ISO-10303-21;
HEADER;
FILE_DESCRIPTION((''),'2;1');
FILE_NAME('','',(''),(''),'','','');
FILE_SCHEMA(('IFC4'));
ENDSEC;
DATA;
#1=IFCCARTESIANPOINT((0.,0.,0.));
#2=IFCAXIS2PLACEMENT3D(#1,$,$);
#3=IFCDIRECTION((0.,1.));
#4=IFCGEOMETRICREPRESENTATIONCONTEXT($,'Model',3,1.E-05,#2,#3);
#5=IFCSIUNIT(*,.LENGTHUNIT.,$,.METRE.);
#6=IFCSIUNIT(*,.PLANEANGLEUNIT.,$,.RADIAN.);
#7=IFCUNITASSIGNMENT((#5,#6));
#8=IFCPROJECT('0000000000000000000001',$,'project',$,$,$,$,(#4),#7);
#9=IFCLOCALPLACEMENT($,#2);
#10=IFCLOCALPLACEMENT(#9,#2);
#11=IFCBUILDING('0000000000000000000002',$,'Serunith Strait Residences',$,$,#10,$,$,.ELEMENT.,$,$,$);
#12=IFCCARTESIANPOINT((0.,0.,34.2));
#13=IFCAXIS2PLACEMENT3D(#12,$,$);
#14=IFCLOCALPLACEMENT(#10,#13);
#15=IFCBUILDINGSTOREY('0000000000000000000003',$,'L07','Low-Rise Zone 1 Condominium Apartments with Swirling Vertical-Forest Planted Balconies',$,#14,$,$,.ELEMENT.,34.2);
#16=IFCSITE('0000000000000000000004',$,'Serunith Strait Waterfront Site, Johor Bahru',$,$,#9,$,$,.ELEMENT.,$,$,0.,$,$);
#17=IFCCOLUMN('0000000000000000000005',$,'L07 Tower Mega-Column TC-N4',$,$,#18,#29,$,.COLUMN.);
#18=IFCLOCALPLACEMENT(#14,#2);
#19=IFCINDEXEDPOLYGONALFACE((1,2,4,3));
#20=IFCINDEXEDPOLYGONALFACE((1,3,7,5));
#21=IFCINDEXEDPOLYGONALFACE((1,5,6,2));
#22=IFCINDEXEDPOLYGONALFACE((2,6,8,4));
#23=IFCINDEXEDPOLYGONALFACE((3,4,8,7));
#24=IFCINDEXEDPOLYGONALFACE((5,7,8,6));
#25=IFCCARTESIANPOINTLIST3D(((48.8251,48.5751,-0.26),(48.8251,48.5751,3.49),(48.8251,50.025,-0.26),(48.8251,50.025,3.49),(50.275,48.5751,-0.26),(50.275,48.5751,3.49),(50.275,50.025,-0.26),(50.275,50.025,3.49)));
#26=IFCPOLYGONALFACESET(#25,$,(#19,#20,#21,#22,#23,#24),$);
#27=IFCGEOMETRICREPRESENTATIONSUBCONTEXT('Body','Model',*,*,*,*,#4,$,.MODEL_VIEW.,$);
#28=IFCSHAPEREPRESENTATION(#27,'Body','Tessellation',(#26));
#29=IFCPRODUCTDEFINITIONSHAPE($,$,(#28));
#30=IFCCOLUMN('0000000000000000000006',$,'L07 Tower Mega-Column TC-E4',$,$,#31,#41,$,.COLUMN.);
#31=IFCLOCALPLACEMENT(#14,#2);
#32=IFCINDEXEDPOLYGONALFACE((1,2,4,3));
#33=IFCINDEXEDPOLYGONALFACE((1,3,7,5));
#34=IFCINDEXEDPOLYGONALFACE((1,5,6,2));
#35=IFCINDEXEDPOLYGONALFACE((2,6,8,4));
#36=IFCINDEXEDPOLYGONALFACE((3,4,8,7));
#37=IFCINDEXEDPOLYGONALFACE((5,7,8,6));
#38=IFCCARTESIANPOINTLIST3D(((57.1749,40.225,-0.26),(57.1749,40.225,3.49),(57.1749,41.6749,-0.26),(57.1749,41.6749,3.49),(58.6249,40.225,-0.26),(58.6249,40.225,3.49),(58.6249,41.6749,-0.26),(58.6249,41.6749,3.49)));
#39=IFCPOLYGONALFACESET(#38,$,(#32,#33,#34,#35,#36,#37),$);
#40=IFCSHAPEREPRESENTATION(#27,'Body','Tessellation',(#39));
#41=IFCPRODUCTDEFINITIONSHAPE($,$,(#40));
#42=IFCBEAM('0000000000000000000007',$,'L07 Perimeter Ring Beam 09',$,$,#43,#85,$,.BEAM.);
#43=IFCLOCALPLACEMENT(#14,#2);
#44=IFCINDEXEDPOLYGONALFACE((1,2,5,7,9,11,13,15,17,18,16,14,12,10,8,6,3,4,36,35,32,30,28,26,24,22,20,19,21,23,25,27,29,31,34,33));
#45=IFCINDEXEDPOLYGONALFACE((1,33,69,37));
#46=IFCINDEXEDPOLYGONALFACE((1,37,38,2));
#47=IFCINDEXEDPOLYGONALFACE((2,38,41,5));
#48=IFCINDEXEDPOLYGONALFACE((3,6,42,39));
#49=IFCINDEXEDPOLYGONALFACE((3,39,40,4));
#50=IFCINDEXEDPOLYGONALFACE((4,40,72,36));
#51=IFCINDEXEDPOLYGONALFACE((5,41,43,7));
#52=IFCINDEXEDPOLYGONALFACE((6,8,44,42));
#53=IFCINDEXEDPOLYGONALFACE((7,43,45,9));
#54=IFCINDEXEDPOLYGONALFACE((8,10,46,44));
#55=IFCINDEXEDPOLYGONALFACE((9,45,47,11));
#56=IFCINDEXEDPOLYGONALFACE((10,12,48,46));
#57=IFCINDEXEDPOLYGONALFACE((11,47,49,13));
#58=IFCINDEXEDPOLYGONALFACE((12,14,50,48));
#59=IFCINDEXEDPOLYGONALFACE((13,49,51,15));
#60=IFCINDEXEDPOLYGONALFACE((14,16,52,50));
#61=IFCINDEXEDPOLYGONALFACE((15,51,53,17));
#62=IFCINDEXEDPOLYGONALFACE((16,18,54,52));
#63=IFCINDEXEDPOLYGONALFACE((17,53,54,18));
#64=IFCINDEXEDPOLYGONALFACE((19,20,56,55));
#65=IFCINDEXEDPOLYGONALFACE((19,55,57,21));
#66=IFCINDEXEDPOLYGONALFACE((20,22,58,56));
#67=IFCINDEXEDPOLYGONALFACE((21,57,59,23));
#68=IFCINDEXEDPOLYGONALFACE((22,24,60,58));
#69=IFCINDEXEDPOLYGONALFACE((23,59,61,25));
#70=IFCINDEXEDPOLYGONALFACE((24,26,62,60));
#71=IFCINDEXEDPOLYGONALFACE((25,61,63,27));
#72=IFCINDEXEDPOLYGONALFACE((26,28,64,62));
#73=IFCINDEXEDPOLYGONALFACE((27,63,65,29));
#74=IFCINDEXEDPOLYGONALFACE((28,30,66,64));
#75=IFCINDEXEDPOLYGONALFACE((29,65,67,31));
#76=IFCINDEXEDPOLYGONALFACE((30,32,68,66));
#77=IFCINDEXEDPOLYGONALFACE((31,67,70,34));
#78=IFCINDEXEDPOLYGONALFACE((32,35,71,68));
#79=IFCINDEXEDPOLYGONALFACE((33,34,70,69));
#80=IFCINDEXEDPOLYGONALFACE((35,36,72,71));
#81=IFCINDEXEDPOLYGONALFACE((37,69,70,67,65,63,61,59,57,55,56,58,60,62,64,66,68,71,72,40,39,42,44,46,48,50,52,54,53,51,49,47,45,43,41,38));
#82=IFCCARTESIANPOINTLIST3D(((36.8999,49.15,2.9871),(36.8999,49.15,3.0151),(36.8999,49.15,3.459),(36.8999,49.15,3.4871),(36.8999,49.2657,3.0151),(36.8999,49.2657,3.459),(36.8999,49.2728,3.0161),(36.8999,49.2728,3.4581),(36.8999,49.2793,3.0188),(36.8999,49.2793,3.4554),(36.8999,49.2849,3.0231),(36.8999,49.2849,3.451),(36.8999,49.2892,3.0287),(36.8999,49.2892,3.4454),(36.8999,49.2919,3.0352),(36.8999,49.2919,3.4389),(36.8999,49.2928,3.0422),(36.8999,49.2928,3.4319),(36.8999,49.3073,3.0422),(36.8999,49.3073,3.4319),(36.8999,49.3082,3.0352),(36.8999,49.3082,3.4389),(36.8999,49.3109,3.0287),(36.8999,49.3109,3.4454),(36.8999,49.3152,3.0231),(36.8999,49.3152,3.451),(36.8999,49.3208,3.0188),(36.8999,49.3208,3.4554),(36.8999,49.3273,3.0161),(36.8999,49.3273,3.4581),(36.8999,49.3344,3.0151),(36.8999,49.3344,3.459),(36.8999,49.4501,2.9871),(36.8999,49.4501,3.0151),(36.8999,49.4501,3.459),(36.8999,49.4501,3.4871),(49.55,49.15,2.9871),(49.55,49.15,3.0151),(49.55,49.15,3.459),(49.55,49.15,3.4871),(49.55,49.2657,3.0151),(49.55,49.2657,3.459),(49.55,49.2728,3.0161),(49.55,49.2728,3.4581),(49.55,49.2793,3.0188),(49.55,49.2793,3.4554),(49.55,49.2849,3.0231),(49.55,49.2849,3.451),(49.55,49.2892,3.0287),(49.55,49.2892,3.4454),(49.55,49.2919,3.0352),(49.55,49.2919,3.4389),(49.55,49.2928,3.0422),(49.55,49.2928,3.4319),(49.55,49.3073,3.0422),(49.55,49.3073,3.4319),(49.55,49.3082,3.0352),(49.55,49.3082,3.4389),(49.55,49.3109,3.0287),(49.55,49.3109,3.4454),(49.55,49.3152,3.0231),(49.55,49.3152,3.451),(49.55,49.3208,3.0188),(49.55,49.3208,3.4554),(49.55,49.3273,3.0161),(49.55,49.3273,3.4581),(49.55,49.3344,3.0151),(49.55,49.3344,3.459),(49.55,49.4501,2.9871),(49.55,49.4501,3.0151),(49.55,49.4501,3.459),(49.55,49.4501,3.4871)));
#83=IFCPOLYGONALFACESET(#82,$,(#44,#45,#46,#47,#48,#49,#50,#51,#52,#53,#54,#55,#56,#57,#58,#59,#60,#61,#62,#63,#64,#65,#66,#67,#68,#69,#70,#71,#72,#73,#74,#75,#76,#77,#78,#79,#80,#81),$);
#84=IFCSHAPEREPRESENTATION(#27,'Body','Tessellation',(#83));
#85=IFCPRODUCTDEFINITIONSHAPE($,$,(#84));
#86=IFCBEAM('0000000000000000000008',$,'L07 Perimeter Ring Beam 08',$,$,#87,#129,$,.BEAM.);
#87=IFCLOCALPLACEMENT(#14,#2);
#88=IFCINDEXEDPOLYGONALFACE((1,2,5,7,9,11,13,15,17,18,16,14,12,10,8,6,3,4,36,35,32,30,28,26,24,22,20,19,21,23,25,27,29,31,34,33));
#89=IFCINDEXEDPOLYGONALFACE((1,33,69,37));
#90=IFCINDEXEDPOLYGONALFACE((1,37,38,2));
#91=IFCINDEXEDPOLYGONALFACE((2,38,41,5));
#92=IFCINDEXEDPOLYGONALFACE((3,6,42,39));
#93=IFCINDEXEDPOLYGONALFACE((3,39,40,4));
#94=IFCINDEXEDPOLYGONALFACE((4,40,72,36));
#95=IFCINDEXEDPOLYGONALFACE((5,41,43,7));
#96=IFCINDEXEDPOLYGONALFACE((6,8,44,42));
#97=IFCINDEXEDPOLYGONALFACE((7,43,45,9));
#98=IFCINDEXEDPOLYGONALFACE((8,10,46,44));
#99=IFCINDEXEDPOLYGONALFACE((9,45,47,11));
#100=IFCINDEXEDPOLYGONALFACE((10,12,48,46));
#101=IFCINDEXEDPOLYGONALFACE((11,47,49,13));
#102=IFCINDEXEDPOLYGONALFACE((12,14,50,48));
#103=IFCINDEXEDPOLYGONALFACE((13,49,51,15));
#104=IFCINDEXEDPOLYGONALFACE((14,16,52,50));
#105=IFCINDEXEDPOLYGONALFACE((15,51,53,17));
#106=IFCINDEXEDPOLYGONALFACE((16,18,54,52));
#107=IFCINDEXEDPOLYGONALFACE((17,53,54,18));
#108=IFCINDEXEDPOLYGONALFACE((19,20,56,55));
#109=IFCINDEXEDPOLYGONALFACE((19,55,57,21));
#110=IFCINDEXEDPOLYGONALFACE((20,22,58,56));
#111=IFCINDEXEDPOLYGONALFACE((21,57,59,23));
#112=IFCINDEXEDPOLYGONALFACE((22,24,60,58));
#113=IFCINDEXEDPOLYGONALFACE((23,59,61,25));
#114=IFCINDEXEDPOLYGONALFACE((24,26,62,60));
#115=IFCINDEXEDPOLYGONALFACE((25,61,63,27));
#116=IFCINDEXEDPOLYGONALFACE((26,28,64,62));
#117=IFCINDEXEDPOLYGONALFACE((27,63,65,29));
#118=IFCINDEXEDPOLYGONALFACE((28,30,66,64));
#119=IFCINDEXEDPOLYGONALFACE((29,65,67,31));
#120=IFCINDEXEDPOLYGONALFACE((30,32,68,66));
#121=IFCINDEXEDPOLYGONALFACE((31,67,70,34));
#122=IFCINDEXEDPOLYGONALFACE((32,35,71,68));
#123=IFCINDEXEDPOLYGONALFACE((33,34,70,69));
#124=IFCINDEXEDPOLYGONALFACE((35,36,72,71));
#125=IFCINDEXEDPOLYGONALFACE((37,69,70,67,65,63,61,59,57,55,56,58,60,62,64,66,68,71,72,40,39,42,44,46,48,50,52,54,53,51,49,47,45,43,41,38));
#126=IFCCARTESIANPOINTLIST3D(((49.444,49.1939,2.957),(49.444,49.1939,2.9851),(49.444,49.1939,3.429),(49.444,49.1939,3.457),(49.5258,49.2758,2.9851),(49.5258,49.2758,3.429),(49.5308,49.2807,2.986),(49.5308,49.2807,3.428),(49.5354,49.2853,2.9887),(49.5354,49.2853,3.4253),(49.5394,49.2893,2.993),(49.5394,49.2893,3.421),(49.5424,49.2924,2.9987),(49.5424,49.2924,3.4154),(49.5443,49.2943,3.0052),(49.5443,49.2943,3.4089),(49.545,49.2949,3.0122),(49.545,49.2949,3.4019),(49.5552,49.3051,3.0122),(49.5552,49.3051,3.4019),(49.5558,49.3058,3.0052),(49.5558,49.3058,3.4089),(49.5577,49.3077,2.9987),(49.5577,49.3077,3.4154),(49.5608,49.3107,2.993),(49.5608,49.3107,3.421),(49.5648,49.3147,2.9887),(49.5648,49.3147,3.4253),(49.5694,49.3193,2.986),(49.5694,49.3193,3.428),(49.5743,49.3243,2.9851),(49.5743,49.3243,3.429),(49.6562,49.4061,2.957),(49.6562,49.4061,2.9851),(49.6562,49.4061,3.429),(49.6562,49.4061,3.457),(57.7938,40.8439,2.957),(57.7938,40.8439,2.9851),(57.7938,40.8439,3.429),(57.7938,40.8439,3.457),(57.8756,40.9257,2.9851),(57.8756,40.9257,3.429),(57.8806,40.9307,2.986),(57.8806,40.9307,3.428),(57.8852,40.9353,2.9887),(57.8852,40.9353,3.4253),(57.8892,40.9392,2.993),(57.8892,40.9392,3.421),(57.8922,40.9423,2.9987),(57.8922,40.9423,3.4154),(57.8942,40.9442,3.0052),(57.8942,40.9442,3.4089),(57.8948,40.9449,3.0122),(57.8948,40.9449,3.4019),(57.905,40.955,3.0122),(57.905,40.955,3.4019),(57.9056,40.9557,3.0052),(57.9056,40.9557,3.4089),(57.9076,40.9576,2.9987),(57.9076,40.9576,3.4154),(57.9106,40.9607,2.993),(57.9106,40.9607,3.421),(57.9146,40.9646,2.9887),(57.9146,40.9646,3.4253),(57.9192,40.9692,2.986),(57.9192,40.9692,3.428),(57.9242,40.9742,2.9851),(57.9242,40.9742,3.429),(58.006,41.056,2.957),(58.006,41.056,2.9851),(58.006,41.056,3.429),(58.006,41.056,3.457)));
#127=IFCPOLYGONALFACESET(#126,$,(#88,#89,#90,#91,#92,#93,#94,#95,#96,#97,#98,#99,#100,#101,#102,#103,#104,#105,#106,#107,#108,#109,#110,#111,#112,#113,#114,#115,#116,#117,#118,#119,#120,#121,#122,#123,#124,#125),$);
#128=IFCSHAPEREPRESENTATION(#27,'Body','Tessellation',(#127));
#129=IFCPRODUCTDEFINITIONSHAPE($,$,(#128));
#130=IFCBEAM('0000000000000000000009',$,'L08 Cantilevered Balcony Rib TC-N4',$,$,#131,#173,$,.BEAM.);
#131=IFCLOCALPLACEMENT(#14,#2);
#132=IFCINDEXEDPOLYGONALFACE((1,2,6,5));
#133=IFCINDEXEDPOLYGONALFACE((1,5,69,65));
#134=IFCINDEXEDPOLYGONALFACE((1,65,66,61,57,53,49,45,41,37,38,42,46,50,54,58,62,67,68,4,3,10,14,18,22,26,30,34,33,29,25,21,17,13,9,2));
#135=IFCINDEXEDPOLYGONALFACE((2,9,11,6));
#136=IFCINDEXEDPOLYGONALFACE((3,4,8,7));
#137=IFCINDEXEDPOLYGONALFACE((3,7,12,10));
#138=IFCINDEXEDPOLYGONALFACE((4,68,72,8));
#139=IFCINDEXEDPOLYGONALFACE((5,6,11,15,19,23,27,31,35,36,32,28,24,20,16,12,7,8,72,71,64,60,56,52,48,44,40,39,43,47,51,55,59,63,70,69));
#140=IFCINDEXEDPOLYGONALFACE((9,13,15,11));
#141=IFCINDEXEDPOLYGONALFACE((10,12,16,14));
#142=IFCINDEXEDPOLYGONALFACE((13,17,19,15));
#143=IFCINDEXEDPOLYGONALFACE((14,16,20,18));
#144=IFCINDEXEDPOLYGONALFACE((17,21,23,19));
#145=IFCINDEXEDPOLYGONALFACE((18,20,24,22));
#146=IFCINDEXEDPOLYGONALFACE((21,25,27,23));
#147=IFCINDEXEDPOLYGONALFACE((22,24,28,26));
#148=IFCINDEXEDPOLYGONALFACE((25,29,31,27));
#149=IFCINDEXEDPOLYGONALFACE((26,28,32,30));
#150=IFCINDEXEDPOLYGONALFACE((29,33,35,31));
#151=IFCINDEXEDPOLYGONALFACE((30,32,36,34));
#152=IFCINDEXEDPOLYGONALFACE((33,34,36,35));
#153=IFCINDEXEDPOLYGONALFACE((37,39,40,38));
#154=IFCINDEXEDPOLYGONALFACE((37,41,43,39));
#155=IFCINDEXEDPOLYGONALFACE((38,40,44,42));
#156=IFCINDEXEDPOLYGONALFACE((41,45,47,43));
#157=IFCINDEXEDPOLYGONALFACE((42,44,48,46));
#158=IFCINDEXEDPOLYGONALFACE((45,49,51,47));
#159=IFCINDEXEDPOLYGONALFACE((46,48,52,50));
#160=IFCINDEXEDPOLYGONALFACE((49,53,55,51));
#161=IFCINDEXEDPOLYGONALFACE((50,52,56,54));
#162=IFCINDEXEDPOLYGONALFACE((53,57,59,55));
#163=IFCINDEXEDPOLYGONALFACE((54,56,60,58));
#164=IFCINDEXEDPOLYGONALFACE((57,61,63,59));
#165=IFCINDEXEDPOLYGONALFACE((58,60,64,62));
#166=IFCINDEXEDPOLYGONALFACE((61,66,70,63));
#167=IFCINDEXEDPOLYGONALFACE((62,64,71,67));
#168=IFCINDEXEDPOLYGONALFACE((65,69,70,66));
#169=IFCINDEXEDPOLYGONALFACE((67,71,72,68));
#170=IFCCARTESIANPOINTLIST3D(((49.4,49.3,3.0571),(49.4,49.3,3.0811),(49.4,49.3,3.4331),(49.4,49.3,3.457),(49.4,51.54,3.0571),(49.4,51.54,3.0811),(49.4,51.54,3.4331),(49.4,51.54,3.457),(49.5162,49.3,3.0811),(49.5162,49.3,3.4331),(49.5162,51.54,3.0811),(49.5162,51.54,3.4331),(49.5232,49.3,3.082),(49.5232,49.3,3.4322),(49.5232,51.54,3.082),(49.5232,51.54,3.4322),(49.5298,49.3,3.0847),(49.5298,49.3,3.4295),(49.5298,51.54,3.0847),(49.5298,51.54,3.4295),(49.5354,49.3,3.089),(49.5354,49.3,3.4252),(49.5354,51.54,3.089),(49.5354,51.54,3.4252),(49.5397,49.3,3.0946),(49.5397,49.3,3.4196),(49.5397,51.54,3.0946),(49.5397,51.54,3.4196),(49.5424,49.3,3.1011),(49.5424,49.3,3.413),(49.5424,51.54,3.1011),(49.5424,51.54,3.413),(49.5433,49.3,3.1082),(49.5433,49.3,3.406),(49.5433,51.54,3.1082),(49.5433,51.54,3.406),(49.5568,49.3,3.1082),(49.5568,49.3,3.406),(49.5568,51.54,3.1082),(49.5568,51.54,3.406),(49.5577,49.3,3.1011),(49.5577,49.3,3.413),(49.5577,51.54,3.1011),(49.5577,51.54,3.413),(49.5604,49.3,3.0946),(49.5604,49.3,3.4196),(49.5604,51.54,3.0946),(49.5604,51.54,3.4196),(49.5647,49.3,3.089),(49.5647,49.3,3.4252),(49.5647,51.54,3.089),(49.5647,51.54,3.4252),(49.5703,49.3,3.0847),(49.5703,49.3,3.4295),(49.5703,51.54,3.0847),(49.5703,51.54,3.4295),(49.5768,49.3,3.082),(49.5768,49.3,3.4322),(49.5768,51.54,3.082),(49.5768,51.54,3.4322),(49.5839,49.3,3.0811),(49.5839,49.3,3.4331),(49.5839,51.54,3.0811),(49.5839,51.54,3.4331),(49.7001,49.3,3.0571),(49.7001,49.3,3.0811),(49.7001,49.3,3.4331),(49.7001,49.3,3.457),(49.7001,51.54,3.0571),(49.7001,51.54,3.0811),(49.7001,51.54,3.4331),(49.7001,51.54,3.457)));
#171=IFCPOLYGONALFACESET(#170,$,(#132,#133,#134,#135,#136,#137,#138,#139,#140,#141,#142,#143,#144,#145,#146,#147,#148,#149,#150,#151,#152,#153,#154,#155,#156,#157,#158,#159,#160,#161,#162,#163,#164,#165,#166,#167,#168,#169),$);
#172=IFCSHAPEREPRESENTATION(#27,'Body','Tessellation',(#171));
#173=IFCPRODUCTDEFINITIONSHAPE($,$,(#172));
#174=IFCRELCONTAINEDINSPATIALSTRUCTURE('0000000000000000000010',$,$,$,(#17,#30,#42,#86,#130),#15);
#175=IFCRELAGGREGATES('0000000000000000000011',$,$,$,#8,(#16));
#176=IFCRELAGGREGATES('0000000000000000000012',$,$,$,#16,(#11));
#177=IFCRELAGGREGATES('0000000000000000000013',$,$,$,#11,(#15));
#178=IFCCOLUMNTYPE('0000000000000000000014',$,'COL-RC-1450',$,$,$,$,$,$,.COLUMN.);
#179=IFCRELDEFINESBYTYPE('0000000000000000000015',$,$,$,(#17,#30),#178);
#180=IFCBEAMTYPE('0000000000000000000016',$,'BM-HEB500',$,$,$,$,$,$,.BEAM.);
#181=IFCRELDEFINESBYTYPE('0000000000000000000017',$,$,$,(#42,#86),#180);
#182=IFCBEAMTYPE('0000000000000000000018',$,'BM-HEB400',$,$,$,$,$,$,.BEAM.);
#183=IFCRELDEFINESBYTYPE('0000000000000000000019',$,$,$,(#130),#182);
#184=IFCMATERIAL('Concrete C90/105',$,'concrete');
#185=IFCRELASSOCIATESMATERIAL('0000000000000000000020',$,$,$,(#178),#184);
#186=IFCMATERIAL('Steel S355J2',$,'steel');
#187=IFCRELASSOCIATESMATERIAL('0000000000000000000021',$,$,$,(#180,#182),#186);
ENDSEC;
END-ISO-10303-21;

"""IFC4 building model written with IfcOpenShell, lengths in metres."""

from ifc_helpers import new_model, si_unit, direction, frame, origin, origin_2d, place, context, subcontext, project, spatial, rectangle, i_section, extrude, source, transform, mapped, material, material_profile, profile_set, type_object, element, save


model = new_model("IFC4")

# Units and contexts
model_context = context("Model", 3, precision=1e-05, world=origin(), true_north=direction((0.0, 1.0)))
body_context = subcontext(model_context, "Body", "Model", "MODEL_VIEW")
ifc_project = project(units=[si_unit("LENGTHUNIT", "METRE"), si_unit("PLANEANGLEUNIT", "RADIAN")], contexts=[model_context])

# Site, building, storey
site_placement = place(None, origin())
site = spatial("IfcSite", under=ifc_project, at=site_placement, Name="Serunith Strait Waterfront Site, Johor Bahru", CompositionType="ELEMENT", RefElevation=0.0)
building_placement = place(site_placement, origin())
building = spatial("IfcBuilding", under=site, at=building_placement, Name="Serunith Strait Residences", CompositionType="ELEMENT")
storey_placement = place(building_placement, frame((0.0, 0.0, 34.2)))
storey = spatial("IfcBuildingStorey", under=building, at=storey_placement, Name="L07", Description="Low-Rise Zone 1 Condominium Apartments with Swirling Vertical-Forest Planted Balconies", CompositionType="ELEMENT", Elevation=34.2)

# Columns
ifc_material_1 = material(Name="Concrete C90/105", Category="concrete")
ifc_material_profile_1 = material_profile(ifc_material_1, rectangle(XDim=1.45, YDim=1.45, at=origin_2d()), Name="RC 1450x1450")
ifc_profile_set_1 = profile_set([ifc_material_profile_1], Name="Concrete C90/105")
column_type = type_object("IfcColumnType", Name="COL-RC-1450", PredefinedType="COLUMN", material=ifc_profile_set_1)
shared_shape_1 = source(origin(), body_context, "Body", "SweptSolid", [
    extrude(rectangle(XDim=1.45, YDim=1.45, at=origin_2d()), origin(), (0.0, 0.0, 1.0), 3.75),
])
for number, where, z_axis, x_axis, name in (
    (1, (49.55, 49.3, -0.26), (0.0, 0.0, 1.0), (1.0, 0.0, 0.0), "L07 Tower Mega-Column TC-N4"),
    (2, (57.8999, 40.95, -0.26), (0.0, 0.0, 1.0), (1.0, 0.0, 0.0), "L07 Tower Mega-Column TC-E4"),
):
    element("IfcColumn", number, at=place(storey_placement, frame(where, z_axis=z_axis, x_axis=x_axis)), inside=storey, type_object=column_type, Name=name, PredefinedType="COLUMN", context=body_context, shape_type="MappedRepresentation", body=[
        mapped(shared_shape_1, transform((0.0, 0.0, 0.0), scale=1.0)),
    ])

# Beams
ifc_material_2 = material(Name="Steel S355J2", Category="steel")
ifc_material_profile_2 = material_profile(ifc_material_2, i_section(OverallWidth=0.3, OverallDepth=0.5, WebThickness=0.0144, FlangeThickness=0.0281, FilletRadius=0.0271, at=origin_2d()), Name="HEB 500")
ifc_profile_set_2 = profile_set([ifc_material_profile_2], Name="Steel S355J2")
beam_type_1 = type_object("IfcBeamType", Name="BM-HEB500", PredefinedType="BEAM", material=ifc_profile_set_2)
shared_shape_2 = source(origin(), body_context, "Body", "SweptSolid", [
    extrude(i_section(OverallWidth=0.3, OverallDepth=0.5, WebThickness=0.0144, FlangeThickness=0.0281, FilletRadius=0.0271, at=origin_2d()), origin(), (0.0, 0.0, 1.0), 12.6501),
])
beam_1_placement = place(storey_placement, frame((49.55, 49.3, 3.2371), z_axis=(-1.0, 0.0, 0.0), x_axis=(0.0, -1.0, 0.0)))
element("IfcBeam", 3, at=beam_1_placement, inside=storey, type_object=beam_type_1, Name="L07 Perimeter Ring Beam 09", PredefinedType="BEAM", context=body_context, shape_type="MappedRepresentation", body=[
    mapped(shared_shape_2, transform((0.0, 0.0, 0.0), scale=1.0)),
])
shared_shape_3 = source(origin(), body_context, "Body", "SweptSolid", [
    extrude(i_section(OverallWidth=0.3, OverallDepth=0.5, WebThickness=0.0144, FlangeThickness=0.0281, FilletRadius=0.0271, at=origin_2d()), origin(), (0.0, 0.0, 1.0), 11.8086),
])
beam_2_placement = place(storey_placement, frame((57.8999, 40.95, 3.207), z_axis=(-0.707096, 0.707117, 0.0), x_axis=(-0.707117, -0.707096, 0.0)))
element("IfcBeam", 4, at=beam_2_placement, inside=storey, type_object=beam_type_1, Name="L07 Perimeter Ring Beam 08", PredefinedType="BEAM", context=body_context, shape_type="MappedRepresentation", body=[
    mapped(shared_shape_3, transform((0.0, 0.0, 0.0), scale=1.0)),
])
ifc_material_profile_3 = material_profile(ifc_material_2, i_section(OverallWidth=0.3, OverallDepth=0.3999, WebThickness=0.0134, FlangeThickness=0.0239, FilletRadius=0.0271, at=origin_2d()), Name="HEB 400")
ifc_profile_set_3 = profile_set([ifc_material_profile_3], Name="Steel S355J2")
beam_type_2 = type_object("IfcBeamType", Name="BM-HEB400", PredefinedType="BEAM", material=ifc_profile_set_3)
shared_shape_4 = source(origin(), body_context, "Body", "SweptSolid", [
    extrude(i_section(OverallWidth=0.3, OverallDepth=0.3999, WebThickness=0.0134, FlangeThickness=0.0239, FilletRadius=0.0271, at=origin_2d()), origin(), (0.0, 0.0, 1.0), 2.24),
])
beam_3_placement = place(storey_placement, frame((49.55, 49.3, 3.2571), z_axis=(0.0, 1.0, 0.0), x_axis=(-1.0, 0.0, 0.0)))
element("IfcBeam", 5, at=beam_3_placement, inside=storey, type_object=beam_type_2, Name="L08 Cantilevered Balcony Rib TC-N4", PredefinedType="BEAM", context=body_context, shape_type="MappedRepresentation", body=[
    mapped(shared_shape_4, transform((0.0, 0.0, 0.0), scale=1.0)),
])

save(model, "model.ifc")
